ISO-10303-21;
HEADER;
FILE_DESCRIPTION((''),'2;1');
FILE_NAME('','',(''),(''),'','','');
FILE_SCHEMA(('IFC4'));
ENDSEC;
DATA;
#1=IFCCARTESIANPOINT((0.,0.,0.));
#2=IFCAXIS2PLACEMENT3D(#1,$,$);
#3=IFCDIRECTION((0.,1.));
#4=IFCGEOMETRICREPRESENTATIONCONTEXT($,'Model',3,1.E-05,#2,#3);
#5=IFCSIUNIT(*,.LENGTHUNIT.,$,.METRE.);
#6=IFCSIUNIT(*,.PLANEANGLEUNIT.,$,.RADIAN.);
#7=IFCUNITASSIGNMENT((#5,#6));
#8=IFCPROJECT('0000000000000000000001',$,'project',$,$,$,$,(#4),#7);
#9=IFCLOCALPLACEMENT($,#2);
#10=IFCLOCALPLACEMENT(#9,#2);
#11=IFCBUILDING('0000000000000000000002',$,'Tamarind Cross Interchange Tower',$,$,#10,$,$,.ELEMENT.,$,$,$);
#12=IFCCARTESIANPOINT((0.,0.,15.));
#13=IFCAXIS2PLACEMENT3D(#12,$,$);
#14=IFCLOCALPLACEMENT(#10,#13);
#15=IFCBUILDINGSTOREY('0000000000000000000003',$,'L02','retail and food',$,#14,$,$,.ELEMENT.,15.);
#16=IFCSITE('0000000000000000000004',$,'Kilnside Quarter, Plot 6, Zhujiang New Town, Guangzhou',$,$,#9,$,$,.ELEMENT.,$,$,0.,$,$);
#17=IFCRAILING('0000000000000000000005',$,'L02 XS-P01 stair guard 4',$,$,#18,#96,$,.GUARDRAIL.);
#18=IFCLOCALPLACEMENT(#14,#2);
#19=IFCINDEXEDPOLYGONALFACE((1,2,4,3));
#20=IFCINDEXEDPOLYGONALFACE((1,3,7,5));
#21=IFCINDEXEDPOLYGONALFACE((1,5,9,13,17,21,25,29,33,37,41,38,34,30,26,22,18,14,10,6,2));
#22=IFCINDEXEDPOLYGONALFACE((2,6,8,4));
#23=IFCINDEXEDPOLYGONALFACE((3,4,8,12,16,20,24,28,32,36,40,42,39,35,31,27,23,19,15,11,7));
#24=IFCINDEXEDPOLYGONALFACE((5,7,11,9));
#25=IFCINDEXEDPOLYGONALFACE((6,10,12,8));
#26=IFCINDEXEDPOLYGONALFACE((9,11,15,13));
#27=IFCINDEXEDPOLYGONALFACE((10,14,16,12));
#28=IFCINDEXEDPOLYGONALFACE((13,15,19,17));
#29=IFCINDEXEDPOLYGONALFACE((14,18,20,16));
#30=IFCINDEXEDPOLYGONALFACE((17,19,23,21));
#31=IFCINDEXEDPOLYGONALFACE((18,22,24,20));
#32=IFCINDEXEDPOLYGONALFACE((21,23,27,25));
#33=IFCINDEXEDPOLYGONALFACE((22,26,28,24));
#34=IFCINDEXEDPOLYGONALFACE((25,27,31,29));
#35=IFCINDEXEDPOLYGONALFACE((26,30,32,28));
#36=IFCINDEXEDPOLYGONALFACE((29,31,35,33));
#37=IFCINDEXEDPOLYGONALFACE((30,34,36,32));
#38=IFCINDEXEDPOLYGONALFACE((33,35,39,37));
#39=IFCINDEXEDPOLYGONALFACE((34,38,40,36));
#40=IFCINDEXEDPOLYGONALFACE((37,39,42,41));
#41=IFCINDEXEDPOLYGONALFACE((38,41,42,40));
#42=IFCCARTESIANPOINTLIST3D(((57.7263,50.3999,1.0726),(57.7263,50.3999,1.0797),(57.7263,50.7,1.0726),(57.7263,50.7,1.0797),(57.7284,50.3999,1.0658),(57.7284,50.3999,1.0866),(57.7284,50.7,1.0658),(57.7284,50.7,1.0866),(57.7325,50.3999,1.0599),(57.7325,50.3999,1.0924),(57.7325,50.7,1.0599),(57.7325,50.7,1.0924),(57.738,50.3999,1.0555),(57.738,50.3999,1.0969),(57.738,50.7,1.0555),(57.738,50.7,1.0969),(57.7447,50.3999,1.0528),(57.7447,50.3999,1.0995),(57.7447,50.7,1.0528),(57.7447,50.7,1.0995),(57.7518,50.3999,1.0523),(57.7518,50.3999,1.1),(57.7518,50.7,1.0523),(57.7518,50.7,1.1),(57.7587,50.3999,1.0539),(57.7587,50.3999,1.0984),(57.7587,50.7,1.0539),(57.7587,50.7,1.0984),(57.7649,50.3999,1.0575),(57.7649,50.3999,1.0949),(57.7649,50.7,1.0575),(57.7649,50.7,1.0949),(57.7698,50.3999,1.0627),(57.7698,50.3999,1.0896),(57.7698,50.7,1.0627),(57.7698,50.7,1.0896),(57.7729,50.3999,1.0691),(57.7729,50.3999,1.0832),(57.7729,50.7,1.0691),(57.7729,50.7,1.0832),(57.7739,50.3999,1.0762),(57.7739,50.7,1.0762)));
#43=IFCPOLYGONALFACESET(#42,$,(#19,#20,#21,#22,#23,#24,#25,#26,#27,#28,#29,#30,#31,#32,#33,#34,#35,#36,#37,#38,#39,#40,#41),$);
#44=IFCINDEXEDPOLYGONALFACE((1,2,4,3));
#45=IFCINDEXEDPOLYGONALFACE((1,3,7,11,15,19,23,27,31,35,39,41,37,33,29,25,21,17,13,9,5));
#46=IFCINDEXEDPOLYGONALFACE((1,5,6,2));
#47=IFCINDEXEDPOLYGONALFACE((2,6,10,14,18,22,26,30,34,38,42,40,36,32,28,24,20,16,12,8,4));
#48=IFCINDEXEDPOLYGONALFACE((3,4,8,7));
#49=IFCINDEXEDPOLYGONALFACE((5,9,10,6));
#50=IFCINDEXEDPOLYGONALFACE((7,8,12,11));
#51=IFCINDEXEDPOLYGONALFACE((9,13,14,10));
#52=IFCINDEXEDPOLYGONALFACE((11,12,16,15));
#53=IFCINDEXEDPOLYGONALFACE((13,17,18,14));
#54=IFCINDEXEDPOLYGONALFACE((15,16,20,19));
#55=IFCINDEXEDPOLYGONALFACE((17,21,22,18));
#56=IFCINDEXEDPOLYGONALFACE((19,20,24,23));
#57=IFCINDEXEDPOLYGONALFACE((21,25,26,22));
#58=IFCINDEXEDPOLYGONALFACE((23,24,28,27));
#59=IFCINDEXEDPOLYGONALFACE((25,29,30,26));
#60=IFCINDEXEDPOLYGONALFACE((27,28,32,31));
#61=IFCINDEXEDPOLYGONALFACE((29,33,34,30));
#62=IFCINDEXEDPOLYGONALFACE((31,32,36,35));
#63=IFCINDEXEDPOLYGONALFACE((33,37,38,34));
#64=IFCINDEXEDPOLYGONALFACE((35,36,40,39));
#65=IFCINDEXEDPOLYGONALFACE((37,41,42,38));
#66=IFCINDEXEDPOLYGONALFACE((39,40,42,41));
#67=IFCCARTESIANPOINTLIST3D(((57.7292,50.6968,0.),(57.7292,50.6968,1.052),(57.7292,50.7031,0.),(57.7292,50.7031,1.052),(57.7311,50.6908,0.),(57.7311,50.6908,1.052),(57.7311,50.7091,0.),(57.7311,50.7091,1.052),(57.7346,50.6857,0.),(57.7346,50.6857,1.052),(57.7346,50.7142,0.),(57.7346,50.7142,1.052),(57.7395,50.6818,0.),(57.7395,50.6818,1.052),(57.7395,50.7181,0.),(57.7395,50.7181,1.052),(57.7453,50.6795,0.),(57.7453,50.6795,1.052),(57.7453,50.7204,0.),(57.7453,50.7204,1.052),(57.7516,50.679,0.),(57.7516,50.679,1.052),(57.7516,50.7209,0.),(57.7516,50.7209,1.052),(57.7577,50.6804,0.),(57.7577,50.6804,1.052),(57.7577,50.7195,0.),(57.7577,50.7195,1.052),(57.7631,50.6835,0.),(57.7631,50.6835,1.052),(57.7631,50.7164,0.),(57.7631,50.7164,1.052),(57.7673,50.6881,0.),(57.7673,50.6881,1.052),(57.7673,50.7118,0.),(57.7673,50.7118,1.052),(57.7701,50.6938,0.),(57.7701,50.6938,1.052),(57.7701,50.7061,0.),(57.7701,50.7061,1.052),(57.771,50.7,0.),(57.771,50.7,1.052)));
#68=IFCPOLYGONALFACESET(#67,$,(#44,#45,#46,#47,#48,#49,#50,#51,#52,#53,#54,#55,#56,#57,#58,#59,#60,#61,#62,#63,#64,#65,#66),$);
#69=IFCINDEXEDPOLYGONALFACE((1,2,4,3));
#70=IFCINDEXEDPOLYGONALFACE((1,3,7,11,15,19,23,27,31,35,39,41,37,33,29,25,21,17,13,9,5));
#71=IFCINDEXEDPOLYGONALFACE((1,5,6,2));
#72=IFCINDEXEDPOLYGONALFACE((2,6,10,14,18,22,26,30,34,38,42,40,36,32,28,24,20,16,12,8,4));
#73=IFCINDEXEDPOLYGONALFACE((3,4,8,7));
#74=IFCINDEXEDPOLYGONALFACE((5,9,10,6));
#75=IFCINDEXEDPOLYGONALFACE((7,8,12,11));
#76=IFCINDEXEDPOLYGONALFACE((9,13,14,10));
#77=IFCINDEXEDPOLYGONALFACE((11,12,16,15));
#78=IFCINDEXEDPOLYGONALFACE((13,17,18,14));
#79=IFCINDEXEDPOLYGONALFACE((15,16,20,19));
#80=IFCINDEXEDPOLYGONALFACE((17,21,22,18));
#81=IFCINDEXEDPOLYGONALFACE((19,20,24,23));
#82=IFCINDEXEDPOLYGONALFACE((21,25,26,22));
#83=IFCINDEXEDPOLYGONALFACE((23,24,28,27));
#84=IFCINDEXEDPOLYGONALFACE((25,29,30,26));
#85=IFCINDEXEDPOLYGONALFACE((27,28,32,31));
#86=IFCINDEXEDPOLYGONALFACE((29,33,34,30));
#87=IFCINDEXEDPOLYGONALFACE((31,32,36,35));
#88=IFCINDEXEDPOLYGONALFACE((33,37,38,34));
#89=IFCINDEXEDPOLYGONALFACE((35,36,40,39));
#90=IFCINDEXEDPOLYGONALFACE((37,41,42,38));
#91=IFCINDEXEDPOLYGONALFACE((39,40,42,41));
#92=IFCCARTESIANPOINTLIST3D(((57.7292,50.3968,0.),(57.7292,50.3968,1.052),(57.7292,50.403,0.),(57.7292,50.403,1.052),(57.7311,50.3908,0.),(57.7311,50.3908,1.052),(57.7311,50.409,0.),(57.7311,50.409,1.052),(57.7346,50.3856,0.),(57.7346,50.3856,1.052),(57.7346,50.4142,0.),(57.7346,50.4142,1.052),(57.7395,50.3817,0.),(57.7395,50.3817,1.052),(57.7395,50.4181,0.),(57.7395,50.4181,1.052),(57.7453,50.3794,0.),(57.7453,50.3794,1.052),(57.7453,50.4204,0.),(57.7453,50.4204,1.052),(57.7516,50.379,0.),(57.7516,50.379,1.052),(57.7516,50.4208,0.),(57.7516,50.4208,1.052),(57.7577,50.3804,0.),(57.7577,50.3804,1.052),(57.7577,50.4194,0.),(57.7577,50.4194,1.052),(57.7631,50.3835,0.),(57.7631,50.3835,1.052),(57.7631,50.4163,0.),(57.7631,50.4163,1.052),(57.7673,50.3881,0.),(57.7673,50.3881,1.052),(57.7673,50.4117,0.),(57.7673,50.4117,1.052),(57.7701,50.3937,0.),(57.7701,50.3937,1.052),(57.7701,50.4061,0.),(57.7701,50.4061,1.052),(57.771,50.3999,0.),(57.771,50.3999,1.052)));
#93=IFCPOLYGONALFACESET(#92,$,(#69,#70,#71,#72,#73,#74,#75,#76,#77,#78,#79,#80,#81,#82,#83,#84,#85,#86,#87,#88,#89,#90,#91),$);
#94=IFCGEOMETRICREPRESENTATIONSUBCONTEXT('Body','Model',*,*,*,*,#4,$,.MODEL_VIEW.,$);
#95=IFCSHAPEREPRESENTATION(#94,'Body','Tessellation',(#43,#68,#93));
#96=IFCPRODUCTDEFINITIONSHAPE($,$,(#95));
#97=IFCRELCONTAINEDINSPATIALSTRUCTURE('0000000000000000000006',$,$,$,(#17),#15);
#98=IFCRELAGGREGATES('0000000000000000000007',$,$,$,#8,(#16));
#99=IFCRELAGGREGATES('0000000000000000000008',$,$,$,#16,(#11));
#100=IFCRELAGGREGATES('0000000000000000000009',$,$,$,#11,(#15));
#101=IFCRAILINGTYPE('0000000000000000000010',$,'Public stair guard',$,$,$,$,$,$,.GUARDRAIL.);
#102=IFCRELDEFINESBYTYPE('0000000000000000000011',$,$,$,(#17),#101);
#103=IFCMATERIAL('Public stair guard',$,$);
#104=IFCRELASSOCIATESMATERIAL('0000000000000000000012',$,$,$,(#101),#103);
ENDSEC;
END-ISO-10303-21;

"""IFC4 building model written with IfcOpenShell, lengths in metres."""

from ifc_helpers import new_model, si_unit, direction, frame, origin, origin_2d, place, context, subcontext, project, spatial, circle, extrude, material, type_object, element, save


model = new_model("IFC4")

# Units and contexts
model_context = context("Model", 3, precision=1e-05, world=origin(), true_north=direction((0.0, 1.0)))
body_context = subcontext(model_context, "Body", "Model", "MODEL_VIEW")
ifc_project = project(units=[si_unit("LENGTHUNIT", "METRE"), si_unit("PLANEANGLEUNIT", "RADIAN")], contexts=[model_context])

# Site, building, storey
site_placement = place(None, origin())
site = spatial("IfcSite", under=ifc_project, at=site_placement, Name="Kilnside Quarter, Plot 6, Zhujiang New Town, Guangzhou", CompositionType="ELEMENT", RefElevation=0.0)
building_placement = place(site_placement, origin())
building = spatial("IfcBuilding", under=site, at=building_placement, Name="Tamarind Cross Interchange Tower", CompositionType="ELEMENT")
storey_placement = place(building_placement, frame((0.0, 0.0, 15.0)))
storey = spatial("IfcBuildingStorey", under=building, at=storey_placement, Name="L02", Description="retail and food", CompositionType="ELEMENT", Elevation=15.0)

# Railing
ifc_material_1 = material(Name="Public stair guard")
railing_type_1 = type_object("IfcRailingType", Name="Public stair guard", PredefinedType="GUARDRAIL", material=ifc_material_1)
railing_1_placement = place(storey_placement, frame((57.75, 50.7, 0.0)))
element("IfcRailing", 1, at=railing_1_placement, inside=storey, type_object=railing_type_1, Name="L02 XS-P01 stair guard 4", PredefinedType="GUARDRAIL", context=body_context, shape_type="SweptSolid", body=[
    extrude(circle(Radius=0.0239, at=origin_2d()), frame((0.0, 0.0, 1.0762), z_axis=(0.0, -1.0, 0.0), x_axis=(1.0, 0.0, 0.0)), (0.0, 0.0, 1.0), 0.3),
    extrude(circle(Radius=0.021, at=origin_2d()), origin(), (0.0, 0.0, 1.0), 1.052),
    extrude(circle(Radius=0.021, at=origin_2d()), frame((0.0, -0.3, 0.0)), (0.0, 0.0, 1.0), 1.052),
])

save(model, "model.ifc")
